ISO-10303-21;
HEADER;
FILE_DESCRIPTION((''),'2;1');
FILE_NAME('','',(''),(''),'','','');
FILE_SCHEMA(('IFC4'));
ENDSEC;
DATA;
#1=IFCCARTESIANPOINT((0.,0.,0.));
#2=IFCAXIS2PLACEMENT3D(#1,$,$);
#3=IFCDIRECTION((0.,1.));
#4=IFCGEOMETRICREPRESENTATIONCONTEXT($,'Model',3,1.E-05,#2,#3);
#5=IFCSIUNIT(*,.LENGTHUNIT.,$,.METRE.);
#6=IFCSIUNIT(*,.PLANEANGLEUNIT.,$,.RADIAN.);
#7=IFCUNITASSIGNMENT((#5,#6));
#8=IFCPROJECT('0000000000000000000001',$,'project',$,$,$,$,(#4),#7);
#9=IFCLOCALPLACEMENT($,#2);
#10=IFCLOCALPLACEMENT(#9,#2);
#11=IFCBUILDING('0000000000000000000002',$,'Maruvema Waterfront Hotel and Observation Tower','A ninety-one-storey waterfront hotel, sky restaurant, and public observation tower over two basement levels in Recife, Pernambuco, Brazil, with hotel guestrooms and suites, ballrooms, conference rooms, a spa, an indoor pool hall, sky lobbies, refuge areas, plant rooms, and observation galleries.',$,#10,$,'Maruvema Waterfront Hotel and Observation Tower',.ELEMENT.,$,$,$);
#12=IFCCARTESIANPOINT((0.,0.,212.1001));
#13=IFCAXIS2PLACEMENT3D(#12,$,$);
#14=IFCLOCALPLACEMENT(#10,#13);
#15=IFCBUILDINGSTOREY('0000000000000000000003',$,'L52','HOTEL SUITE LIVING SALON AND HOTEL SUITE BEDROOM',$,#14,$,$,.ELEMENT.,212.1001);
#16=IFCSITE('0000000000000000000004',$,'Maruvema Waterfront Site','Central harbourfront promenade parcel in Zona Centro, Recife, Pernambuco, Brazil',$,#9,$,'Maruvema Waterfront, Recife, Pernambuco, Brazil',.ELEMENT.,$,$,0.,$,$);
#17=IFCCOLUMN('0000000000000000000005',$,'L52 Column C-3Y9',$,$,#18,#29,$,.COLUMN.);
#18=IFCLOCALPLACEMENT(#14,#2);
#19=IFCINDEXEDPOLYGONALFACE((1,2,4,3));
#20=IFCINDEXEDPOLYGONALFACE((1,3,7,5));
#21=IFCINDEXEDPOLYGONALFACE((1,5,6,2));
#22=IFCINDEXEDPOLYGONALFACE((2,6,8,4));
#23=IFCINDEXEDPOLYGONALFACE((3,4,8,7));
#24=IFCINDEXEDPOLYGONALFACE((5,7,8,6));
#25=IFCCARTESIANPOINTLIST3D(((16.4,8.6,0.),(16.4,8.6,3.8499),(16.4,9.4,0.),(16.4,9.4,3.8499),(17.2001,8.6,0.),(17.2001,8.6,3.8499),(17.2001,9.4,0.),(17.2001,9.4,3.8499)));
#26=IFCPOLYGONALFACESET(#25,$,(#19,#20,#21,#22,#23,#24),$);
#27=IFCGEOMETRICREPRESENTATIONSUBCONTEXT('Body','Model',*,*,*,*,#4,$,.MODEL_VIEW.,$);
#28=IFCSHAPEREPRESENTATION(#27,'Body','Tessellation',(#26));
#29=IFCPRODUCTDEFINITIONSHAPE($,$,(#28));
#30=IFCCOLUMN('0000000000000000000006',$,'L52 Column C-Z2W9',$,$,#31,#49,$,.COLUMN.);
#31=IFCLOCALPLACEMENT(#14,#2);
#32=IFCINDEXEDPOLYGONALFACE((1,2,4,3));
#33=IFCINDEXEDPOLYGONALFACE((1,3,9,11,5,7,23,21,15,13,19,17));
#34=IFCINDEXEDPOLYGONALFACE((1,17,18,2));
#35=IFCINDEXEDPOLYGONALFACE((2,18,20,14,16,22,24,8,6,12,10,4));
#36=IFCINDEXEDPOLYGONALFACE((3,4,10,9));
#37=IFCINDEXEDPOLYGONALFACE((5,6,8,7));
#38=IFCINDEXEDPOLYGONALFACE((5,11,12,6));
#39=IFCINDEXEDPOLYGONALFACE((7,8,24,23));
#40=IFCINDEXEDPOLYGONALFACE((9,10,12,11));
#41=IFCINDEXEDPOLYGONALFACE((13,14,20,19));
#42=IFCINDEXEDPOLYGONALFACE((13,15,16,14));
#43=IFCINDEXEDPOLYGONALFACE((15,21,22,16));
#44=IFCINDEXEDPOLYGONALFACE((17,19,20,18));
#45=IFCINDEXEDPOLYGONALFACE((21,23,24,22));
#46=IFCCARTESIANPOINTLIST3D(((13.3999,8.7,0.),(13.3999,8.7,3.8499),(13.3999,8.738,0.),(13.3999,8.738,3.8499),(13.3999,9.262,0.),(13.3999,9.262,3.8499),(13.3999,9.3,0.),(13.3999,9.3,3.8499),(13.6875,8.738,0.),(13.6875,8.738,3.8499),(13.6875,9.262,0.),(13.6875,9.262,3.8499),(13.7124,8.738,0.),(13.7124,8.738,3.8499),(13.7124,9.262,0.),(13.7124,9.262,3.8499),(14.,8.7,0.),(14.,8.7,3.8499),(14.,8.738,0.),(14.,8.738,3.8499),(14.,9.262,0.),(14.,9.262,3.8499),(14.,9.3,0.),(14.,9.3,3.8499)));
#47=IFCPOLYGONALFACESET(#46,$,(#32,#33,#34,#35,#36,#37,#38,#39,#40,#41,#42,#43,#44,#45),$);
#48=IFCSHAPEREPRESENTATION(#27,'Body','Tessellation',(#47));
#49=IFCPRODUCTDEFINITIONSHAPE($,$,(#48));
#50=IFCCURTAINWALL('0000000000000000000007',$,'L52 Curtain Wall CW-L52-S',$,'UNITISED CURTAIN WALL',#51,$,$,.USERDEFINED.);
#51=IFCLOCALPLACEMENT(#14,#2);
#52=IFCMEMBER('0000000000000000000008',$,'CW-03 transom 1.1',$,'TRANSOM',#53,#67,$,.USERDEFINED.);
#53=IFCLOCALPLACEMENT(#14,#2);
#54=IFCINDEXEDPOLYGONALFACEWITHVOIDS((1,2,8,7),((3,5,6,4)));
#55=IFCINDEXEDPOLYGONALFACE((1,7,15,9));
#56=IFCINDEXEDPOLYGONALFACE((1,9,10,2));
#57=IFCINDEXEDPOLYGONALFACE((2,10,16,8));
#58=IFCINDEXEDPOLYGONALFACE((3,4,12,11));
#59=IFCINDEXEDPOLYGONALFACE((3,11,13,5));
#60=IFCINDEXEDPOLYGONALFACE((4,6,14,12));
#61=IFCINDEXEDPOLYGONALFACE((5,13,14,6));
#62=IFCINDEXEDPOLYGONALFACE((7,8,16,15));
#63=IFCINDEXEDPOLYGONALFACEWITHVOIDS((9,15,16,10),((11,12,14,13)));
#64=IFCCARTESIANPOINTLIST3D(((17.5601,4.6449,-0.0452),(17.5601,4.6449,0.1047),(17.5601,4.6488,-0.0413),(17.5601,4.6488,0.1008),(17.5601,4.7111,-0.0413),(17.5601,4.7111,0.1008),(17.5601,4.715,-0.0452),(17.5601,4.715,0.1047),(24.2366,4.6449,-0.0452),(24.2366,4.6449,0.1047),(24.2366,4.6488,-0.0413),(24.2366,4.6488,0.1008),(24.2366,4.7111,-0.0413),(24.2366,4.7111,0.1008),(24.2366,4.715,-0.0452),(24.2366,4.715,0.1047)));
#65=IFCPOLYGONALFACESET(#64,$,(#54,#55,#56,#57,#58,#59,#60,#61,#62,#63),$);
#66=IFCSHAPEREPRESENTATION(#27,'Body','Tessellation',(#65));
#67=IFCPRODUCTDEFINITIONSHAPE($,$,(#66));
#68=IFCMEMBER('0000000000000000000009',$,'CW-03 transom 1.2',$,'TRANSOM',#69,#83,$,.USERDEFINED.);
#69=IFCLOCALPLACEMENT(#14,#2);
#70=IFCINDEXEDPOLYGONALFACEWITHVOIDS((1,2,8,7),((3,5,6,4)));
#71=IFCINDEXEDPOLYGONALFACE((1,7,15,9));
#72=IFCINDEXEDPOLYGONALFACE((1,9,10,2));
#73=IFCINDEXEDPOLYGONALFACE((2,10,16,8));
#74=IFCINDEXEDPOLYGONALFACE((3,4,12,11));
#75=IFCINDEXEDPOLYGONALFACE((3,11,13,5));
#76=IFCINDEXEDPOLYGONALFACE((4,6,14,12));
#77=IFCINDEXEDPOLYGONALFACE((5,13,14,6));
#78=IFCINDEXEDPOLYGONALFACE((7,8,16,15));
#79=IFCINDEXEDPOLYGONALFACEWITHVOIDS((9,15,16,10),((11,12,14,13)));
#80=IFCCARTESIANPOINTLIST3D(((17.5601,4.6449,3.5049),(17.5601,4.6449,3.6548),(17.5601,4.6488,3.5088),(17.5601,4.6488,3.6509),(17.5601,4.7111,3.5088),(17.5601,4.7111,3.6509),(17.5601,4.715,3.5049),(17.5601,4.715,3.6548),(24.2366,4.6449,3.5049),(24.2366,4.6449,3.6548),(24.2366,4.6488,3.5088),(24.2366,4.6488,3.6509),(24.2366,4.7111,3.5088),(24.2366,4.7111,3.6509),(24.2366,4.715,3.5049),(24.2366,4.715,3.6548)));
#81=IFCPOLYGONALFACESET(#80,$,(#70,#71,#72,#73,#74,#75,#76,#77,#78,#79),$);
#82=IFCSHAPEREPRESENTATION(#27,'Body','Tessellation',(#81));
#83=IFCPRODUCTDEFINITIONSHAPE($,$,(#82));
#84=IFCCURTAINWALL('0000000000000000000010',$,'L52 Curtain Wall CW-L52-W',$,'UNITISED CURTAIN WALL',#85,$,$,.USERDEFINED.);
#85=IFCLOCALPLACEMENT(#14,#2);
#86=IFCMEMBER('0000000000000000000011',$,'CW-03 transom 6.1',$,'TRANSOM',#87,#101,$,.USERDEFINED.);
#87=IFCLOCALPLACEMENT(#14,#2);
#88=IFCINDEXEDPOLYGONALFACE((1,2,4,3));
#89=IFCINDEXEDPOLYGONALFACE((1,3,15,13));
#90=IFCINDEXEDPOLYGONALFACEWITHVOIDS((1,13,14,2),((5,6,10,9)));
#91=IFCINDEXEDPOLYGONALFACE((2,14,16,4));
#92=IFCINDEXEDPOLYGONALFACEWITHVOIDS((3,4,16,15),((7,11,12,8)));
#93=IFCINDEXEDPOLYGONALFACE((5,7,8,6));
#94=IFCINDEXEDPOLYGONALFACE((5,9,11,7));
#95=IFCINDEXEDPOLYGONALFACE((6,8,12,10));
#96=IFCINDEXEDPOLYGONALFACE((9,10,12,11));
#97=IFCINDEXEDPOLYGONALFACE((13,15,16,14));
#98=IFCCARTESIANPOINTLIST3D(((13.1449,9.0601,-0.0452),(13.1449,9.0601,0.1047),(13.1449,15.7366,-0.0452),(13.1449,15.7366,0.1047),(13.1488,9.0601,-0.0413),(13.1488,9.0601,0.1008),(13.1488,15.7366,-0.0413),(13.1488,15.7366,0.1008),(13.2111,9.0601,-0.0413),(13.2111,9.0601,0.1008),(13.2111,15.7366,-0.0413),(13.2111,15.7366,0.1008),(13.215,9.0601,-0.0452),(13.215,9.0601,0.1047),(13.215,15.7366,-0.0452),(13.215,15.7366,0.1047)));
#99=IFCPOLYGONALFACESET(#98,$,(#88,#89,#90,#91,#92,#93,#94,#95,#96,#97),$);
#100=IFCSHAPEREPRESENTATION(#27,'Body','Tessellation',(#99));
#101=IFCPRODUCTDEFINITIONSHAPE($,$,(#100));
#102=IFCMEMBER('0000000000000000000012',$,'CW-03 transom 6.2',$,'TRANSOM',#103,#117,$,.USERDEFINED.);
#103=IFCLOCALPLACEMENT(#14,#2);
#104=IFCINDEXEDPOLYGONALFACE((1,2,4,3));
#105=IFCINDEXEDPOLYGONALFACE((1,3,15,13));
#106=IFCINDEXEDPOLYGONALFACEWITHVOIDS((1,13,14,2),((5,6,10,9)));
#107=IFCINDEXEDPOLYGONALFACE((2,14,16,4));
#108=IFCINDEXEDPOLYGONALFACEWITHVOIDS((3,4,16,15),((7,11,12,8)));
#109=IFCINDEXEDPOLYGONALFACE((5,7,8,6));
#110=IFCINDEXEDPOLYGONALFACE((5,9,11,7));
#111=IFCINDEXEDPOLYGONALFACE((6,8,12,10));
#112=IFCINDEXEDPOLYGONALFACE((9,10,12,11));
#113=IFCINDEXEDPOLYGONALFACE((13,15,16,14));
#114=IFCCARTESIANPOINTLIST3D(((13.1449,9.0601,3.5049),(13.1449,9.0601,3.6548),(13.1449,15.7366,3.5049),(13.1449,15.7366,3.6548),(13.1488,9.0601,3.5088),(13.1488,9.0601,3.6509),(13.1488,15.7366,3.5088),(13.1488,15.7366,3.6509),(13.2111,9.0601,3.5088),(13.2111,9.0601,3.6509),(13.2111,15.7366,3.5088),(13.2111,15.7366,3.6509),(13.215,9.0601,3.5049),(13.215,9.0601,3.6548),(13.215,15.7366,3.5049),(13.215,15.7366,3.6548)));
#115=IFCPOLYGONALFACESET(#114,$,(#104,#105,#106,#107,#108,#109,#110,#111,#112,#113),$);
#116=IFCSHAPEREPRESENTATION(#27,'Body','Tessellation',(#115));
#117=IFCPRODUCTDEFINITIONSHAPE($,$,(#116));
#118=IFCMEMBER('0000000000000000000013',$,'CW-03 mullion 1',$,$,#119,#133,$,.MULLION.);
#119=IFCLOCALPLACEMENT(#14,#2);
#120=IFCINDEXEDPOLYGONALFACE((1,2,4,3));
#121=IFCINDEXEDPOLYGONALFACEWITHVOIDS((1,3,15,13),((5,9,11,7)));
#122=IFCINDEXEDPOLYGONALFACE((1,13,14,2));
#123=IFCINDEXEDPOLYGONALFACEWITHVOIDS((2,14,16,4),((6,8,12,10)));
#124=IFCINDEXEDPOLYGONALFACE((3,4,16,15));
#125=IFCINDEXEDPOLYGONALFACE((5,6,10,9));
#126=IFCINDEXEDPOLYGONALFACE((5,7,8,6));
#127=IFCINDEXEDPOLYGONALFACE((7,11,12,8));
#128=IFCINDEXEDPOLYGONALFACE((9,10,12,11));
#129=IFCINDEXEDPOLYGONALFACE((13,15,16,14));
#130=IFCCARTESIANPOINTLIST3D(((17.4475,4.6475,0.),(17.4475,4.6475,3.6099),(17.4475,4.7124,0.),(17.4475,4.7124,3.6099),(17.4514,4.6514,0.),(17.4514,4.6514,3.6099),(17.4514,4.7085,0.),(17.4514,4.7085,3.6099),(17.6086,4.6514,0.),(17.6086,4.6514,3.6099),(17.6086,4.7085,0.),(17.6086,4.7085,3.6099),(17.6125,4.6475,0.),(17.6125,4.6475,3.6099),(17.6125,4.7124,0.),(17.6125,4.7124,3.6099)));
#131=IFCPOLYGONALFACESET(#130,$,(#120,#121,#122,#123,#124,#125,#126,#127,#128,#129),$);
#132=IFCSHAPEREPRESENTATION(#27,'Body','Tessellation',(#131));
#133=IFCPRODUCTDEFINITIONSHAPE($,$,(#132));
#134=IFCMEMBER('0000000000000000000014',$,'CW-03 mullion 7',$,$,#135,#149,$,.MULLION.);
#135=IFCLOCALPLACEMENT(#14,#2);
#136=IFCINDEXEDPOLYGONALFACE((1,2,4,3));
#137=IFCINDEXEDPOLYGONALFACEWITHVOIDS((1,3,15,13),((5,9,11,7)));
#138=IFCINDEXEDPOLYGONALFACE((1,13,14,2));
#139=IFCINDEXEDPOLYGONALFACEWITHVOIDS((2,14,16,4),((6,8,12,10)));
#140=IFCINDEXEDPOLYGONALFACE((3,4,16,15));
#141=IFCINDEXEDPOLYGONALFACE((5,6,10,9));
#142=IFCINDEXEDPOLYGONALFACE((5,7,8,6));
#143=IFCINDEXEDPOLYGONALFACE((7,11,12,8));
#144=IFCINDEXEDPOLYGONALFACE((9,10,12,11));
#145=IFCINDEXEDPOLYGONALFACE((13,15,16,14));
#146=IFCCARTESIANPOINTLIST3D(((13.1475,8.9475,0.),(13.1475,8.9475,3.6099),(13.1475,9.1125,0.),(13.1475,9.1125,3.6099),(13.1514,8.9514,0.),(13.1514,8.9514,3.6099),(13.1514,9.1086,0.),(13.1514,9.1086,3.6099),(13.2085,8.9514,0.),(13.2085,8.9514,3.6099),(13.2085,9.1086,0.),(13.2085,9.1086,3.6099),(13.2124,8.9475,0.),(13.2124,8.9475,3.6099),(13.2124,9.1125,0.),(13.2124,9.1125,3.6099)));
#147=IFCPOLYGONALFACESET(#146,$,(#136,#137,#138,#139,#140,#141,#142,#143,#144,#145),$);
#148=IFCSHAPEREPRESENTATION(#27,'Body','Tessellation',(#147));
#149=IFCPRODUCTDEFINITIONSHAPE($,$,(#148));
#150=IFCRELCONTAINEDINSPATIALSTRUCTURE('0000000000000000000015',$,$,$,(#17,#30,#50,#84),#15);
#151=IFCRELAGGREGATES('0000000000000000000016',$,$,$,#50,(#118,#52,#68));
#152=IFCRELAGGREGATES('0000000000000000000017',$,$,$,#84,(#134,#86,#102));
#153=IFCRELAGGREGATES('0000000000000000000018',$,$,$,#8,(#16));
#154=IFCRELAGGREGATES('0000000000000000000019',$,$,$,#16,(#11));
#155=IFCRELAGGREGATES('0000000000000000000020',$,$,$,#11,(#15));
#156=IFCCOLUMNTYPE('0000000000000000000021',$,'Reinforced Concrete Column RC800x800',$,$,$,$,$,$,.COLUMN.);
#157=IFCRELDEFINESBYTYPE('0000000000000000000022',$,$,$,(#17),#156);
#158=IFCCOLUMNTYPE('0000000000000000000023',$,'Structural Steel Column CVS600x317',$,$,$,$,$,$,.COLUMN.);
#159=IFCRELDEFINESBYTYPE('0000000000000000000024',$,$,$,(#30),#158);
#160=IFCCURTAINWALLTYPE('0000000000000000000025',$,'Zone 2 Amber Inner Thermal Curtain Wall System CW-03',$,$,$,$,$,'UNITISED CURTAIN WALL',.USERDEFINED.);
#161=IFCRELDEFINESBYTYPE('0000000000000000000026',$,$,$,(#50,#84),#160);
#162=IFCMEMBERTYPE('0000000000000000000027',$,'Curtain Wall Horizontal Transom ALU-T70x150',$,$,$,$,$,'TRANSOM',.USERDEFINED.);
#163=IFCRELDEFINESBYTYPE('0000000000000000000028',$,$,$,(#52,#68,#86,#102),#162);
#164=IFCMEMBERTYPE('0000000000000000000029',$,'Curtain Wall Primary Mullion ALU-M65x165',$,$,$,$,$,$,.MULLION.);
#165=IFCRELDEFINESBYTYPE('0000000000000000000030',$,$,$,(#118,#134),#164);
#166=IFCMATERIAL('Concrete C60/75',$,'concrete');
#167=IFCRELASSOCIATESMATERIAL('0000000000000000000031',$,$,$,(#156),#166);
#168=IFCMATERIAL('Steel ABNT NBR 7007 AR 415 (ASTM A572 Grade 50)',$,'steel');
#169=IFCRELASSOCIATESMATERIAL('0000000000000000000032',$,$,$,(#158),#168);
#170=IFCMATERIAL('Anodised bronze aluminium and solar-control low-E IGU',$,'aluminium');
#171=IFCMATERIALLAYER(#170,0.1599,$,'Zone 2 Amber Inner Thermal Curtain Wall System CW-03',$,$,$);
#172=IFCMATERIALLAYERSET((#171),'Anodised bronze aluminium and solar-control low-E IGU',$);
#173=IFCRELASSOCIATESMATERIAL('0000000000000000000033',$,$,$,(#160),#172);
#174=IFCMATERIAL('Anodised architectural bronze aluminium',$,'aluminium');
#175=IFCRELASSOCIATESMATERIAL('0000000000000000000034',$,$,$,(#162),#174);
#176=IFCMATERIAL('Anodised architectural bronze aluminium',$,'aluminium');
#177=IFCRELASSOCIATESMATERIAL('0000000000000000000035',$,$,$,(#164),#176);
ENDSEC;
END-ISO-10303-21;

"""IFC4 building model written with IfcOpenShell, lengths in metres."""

from ifc_helpers import new_model, si_unit, direction, frame, origin, origin_2d, place, context, subcontext, project, spatial, rectangle, hollow_rectangle, i_section, extrude, material, layer, layer_set, material_profile, profile_set, type_object, element, aggregate, save


model = new_model("IFC4")

# Units and contexts
model_context = context("Model", 3, precision=1e-05, world=origin(), true_north=direction((0.0, 1.0)))
body_context = subcontext(model_context, "Body", "Model", "MODEL_VIEW")
ifc_project = project(units=[si_unit("LENGTHUNIT", "METRE"), si_unit("PLANEANGLEUNIT", "RADIAN")], contexts=[model_context])

# Site, building, storey
site_placement = place(None, origin())
site = spatial("IfcSite", under=ifc_project, at=site_placement, Name="Maruvema Waterfront Site", Description="Central harbourfront promenade parcel in Zona Centro, Recife, Pernambuco, Brazil", LongName="Maruvema Waterfront, Recife, Pernambuco, Brazil", CompositionType="ELEMENT", RefElevation=0.0)
building_placement = place(site_placement, origin())
building = spatial("IfcBuilding", under=site, at=building_placement, Name="Maruvema Waterfront Hotel and Observation Tower", Description="A ninety-one-storey waterfront hotel, sky restaurant, and public observation tower over two basement levels in Recife, Pernambuco, Brazil, with hotel guestrooms and suites, ballrooms, conference rooms, a spa, an indoor pool hall, sky lobbies, refuge areas, plant rooms, and observation galleries.", LongName="Maruvema Waterfront Hotel and Observation Tower", CompositionType="ELEMENT")
storey_placement = place(building_placement, frame((0.0, 0.0, 212.1001)))
storey = spatial("IfcBuildingStorey", under=building, at=storey_placement, Name="L52", Description="HOTEL SUITE LIVING SALON AND HOTEL SUITE BEDROOM", CompositionType="ELEMENT", Elevation=212.1001)

# Columns
ifc_material_1 = material(Name="Concrete C60/75", Category="concrete")
ifc_material_profile_1 = material_profile(ifc_material_1, rectangle(XDim=0.8, YDim=0.8, at=origin_2d()), Name="RC800x800")
ifc_profile_set_1 = profile_set([ifc_material_profile_1], Name="Concrete C60/75")
column_type_1 = type_object("IfcColumnType", Name="Reinforced Concrete Column RC800x800", PredefinedType="COLUMN", material=ifc_profile_set_1)
column_1_placement = place(storey_placement, frame((16.8, 9.0, 0.0), z_axis=(0.0, 0.0, 1.0), x_axis=(1.0, 0.0, 0.0)))
element("IfcColumn", 1, at=column_1_placement, inside=storey, type_object=column_type_1, Name="L52 Column C-3Y9", PredefinedType="COLUMN", context=body_context, shape_type="SweptSolid", body=[
    extrude(rectangle(XDim=0.8, YDim=0.8, at=origin_2d()), origin(), (0.0, 0.0, 1.0), 3.8499),
])
ifc_material_2 = material(Name="Steel ABNT NBR 7007 AR 415 (ASTM A572 Grade 50)", Category="steel")
ifc_material_profile_2 = material_profile(ifc_material_2, i_section(OverallWidth=0.6001, OverallDepth=0.6001, WebThickness=0.0249, FlangeThickness=0.0381, at=origin_2d()), Name="CVS600x317")
ifc_profile_set_2 = profile_set([ifc_material_profile_2], Name="Steel ABNT NBR 7007 AR 415 (ASTM A572 Grade 50)")
column_type_2 = type_object("IfcColumnType", Name="Structural Steel Column CVS600x317", PredefinedType="COLUMN", material=ifc_profile_set_2)
column_2_placement = place(storey_placement, frame((13.7, 9.0, 0.0), z_axis=(0.0, 0.0, 1.0), x_axis=(1.0, 0.0, 0.0)))
element("IfcColumn", 2, at=column_2_placement, inside=storey, type_object=column_type_2, Name="L52 Column C-Z2W9", PredefinedType="COLUMN", context=body_context, shape_type="SweptSolid", body=[
    extrude(i_section(OverallWidth=0.6001, OverallDepth=0.6001, WebThickness=0.0249, FlangeThickness=0.0381, at=origin_2d()), origin(), (0.0, 0.0, 1.0), 3.8499),
])

# Curtain walls, members
ifc_material_3 = material(Name="Anodised bronze aluminium and solar-control low-E IGU", Category="aluminium")
ifc_layer_1 = layer(ifc_material_3, 0.1599, Name="Zone 2 Amber Inner Thermal Curtain Wall System CW-03")
ifc_layer_set_1 = layer_set([ifc_layer_1], Name="Anodised bronze aluminium and solar-control low-E IGU")
curtain_wall_type = type_object("IfcCurtainWallType", Name="Zone 2 Amber Inner Thermal Curtain Wall System CW-03", ElementType="UNITISED CURTAIN WALL", PredefinedType="USERDEFINED", material=ifc_layer_set_1)
curtain_wall_1_placement = place(storey_placement, origin())
curtain_wall_1 = element("IfcCurtainWall", 3, at=curtain_wall_1_placement, inside=storey, type_object=curtain_wall_type, Name="L52 Curtain Wall CW-L52-S", ObjectType="UNITISED CURTAIN WALL", PredefinedType="USERDEFINED")
ifc_material_4 = material(Name="Anodised architectural bronze aluminium", Category="aluminium")
ifc_material_profile_3 = material_profile(ifc_material_4, hollow_rectangle(XDim=0.0701, YDim=0.1499, WallThickness=0.0039, at=origin_2d()), Name="ALU-T70x150")
ifc_profile_set_3 = profile_set([ifc_material_profile_3], Name="Anodised architectural bronze aluminium")
member_type_1 = type_object("IfcMemberType", Name="Curtain Wall Horizontal Transom ALU-T70x150", ElementType="TRANSOM", PredefinedType="USERDEFINED", material=ifc_profile_set_3)
member_1_placement = place(storey_placement, frame((17.5601, 4.6799, 0.0298), z_axis=(1.0, 0.0, 0.0), x_axis=(0.0, 1.0, 0.0)))
member_1 = element("IfcMember", 4, at=member_1_placement, type_object=member_type_1, Name="CW-03 transom 1.1", ObjectType="TRANSOM", PredefinedType="USERDEFINED", context=body_context, shape_type="SweptSolid", body=[
    extrude(hollow_rectangle(XDim=0.0701, YDim=0.1499, WallThickness=0.0039, at=origin_2d()), origin(), (0.0, 0.0, 1.0), 6.6765),
])
member_2_placement = place(storey_placement, frame((17.5601, 4.6799, 3.5798), z_axis=(1.0, 0.0, 0.0), x_axis=(0.0, 1.0, 0.0)))
member_2 = element("IfcMember", 5, at=member_2_placement, type_object=member_type_1, Name="CW-03 transom 1.2", ObjectType="TRANSOM", PredefinedType="USERDEFINED", context=body_context, shape_type="SweptSolid", body=[
    extrude(hollow_rectangle(XDim=0.0701, YDim=0.1499, WallThickness=0.0039, at=origin_2d()), origin(), (0.0, 0.0, 1.0), 6.6765),
])
curtain_wall_2_placement = place(storey_placement, origin())
curtain_wall_2 = element("IfcCurtainWall", 6, at=curtain_wall_2_placement, inside=storey, type_object=curtain_wall_type, Name="L52 Curtain Wall CW-L52-W", ObjectType="UNITISED CURTAIN WALL", PredefinedType="USERDEFINED")
member_3_placement = place(storey_placement, frame((13.1799, 15.7366, 0.0298), z_axis=(0.0, -1.0, 0.0), x_axis=(1.0, 0.0, 0.0)))
member_3 = element("IfcMember", 7, at=member_3_placement, type_object=member_type_1, Name="CW-03 transom 6.1", ObjectType="TRANSOM", PredefinedType="USERDEFINED", context=body_context, shape_type="SweptSolid", body=[
    extrude(hollow_rectangle(XDim=0.0701, YDim=0.1499, WallThickness=0.0039, at=origin_2d()), origin(), (0.0, 0.0, 1.0), 6.6765),
])
member_4_placement = place(storey_placement, frame((13.1799, 15.7366, 3.5798), z_axis=(0.0, -1.0, 0.0), x_axis=(1.0, 0.0, 0.0)))
member_4 = element("IfcMember", 8, at=member_4_placement, type_object=member_type_1, Name="CW-03 transom 6.2", ObjectType="TRANSOM", PredefinedType="USERDEFINED", context=body_context, shape_type="SweptSolid", body=[
    extrude(hollow_rectangle(XDim=0.0701, YDim=0.1499, WallThickness=0.0039, at=origin_2d()), origin(), (0.0, 0.0, 1.0), 6.6765),
])

# Members
ifc_material_5 = material(Name="Anodised architectural bronze aluminium", Category="aluminium")
ifc_material_profile_4 = material_profile(ifc_material_5, hollow_rectangle(XDim=0.0649, YDim=0.165, WallThickness=0.0039, at=origin_2d()), Name="ALU-M65x165")
ifc_profile_set_4 = profile_set([ifc_material_profile_4], Name="Anodised architectural bronze aluminium")
member_type_2 = type_object("IfcMemberType", Name="Curtain Wall Primary Mullion ALU-M65x165", PredefinedType="MULLION", material=ifc_profile_set_4)
member_5_placement = place(storey_placement, frame((17.53, 4.6799, 0.0), z_axis=(0.0, 0.0, 1.0), x_axis=(0.0, 1.0, 0.0)))
member_5 = element("IfcMember", 9, at=member_5_placement, type_object=member_type_2, Name="CW-03 mullion 1", PredefinedType="MULLION", context=body_context, shape_type="SweptSolid", body=[
    extrude(hollow_rectangle(XDim=0.0649, YDim=0.165, WallThickness=0.0039, at=origin_2d()), origin(), (0.0, 0.0, 1.0), 3.6099),
])
member_6_placement = place(storey_placement, frame((13.1799, 9.03, 0.0), z_axis=(0.0, 0.0, 1.0), x_axis=(1.0, 0.0, 0.0)))
member_6 = element("IfcMember", 10, at=member_6_placement, type_object=member_type_2, Name="CW-03 mullion 7", PredefinedType="MULLION", context=body_context, shape_type="SweptSolid", body=[
    extrude(hollow_rectangle(XDim=0.0649, YDim=0.165, WallThickness=0.0039, at=origin_2d()), origin(), (0.0, 0.0, 1.0), 3.6099),
])

aggregate(curtain_wall_1, [member_5, member_1, member_2])
aggregate(curtain_wall_2, [member_6, member_3, member_4])

save(model, "model.ifc")
